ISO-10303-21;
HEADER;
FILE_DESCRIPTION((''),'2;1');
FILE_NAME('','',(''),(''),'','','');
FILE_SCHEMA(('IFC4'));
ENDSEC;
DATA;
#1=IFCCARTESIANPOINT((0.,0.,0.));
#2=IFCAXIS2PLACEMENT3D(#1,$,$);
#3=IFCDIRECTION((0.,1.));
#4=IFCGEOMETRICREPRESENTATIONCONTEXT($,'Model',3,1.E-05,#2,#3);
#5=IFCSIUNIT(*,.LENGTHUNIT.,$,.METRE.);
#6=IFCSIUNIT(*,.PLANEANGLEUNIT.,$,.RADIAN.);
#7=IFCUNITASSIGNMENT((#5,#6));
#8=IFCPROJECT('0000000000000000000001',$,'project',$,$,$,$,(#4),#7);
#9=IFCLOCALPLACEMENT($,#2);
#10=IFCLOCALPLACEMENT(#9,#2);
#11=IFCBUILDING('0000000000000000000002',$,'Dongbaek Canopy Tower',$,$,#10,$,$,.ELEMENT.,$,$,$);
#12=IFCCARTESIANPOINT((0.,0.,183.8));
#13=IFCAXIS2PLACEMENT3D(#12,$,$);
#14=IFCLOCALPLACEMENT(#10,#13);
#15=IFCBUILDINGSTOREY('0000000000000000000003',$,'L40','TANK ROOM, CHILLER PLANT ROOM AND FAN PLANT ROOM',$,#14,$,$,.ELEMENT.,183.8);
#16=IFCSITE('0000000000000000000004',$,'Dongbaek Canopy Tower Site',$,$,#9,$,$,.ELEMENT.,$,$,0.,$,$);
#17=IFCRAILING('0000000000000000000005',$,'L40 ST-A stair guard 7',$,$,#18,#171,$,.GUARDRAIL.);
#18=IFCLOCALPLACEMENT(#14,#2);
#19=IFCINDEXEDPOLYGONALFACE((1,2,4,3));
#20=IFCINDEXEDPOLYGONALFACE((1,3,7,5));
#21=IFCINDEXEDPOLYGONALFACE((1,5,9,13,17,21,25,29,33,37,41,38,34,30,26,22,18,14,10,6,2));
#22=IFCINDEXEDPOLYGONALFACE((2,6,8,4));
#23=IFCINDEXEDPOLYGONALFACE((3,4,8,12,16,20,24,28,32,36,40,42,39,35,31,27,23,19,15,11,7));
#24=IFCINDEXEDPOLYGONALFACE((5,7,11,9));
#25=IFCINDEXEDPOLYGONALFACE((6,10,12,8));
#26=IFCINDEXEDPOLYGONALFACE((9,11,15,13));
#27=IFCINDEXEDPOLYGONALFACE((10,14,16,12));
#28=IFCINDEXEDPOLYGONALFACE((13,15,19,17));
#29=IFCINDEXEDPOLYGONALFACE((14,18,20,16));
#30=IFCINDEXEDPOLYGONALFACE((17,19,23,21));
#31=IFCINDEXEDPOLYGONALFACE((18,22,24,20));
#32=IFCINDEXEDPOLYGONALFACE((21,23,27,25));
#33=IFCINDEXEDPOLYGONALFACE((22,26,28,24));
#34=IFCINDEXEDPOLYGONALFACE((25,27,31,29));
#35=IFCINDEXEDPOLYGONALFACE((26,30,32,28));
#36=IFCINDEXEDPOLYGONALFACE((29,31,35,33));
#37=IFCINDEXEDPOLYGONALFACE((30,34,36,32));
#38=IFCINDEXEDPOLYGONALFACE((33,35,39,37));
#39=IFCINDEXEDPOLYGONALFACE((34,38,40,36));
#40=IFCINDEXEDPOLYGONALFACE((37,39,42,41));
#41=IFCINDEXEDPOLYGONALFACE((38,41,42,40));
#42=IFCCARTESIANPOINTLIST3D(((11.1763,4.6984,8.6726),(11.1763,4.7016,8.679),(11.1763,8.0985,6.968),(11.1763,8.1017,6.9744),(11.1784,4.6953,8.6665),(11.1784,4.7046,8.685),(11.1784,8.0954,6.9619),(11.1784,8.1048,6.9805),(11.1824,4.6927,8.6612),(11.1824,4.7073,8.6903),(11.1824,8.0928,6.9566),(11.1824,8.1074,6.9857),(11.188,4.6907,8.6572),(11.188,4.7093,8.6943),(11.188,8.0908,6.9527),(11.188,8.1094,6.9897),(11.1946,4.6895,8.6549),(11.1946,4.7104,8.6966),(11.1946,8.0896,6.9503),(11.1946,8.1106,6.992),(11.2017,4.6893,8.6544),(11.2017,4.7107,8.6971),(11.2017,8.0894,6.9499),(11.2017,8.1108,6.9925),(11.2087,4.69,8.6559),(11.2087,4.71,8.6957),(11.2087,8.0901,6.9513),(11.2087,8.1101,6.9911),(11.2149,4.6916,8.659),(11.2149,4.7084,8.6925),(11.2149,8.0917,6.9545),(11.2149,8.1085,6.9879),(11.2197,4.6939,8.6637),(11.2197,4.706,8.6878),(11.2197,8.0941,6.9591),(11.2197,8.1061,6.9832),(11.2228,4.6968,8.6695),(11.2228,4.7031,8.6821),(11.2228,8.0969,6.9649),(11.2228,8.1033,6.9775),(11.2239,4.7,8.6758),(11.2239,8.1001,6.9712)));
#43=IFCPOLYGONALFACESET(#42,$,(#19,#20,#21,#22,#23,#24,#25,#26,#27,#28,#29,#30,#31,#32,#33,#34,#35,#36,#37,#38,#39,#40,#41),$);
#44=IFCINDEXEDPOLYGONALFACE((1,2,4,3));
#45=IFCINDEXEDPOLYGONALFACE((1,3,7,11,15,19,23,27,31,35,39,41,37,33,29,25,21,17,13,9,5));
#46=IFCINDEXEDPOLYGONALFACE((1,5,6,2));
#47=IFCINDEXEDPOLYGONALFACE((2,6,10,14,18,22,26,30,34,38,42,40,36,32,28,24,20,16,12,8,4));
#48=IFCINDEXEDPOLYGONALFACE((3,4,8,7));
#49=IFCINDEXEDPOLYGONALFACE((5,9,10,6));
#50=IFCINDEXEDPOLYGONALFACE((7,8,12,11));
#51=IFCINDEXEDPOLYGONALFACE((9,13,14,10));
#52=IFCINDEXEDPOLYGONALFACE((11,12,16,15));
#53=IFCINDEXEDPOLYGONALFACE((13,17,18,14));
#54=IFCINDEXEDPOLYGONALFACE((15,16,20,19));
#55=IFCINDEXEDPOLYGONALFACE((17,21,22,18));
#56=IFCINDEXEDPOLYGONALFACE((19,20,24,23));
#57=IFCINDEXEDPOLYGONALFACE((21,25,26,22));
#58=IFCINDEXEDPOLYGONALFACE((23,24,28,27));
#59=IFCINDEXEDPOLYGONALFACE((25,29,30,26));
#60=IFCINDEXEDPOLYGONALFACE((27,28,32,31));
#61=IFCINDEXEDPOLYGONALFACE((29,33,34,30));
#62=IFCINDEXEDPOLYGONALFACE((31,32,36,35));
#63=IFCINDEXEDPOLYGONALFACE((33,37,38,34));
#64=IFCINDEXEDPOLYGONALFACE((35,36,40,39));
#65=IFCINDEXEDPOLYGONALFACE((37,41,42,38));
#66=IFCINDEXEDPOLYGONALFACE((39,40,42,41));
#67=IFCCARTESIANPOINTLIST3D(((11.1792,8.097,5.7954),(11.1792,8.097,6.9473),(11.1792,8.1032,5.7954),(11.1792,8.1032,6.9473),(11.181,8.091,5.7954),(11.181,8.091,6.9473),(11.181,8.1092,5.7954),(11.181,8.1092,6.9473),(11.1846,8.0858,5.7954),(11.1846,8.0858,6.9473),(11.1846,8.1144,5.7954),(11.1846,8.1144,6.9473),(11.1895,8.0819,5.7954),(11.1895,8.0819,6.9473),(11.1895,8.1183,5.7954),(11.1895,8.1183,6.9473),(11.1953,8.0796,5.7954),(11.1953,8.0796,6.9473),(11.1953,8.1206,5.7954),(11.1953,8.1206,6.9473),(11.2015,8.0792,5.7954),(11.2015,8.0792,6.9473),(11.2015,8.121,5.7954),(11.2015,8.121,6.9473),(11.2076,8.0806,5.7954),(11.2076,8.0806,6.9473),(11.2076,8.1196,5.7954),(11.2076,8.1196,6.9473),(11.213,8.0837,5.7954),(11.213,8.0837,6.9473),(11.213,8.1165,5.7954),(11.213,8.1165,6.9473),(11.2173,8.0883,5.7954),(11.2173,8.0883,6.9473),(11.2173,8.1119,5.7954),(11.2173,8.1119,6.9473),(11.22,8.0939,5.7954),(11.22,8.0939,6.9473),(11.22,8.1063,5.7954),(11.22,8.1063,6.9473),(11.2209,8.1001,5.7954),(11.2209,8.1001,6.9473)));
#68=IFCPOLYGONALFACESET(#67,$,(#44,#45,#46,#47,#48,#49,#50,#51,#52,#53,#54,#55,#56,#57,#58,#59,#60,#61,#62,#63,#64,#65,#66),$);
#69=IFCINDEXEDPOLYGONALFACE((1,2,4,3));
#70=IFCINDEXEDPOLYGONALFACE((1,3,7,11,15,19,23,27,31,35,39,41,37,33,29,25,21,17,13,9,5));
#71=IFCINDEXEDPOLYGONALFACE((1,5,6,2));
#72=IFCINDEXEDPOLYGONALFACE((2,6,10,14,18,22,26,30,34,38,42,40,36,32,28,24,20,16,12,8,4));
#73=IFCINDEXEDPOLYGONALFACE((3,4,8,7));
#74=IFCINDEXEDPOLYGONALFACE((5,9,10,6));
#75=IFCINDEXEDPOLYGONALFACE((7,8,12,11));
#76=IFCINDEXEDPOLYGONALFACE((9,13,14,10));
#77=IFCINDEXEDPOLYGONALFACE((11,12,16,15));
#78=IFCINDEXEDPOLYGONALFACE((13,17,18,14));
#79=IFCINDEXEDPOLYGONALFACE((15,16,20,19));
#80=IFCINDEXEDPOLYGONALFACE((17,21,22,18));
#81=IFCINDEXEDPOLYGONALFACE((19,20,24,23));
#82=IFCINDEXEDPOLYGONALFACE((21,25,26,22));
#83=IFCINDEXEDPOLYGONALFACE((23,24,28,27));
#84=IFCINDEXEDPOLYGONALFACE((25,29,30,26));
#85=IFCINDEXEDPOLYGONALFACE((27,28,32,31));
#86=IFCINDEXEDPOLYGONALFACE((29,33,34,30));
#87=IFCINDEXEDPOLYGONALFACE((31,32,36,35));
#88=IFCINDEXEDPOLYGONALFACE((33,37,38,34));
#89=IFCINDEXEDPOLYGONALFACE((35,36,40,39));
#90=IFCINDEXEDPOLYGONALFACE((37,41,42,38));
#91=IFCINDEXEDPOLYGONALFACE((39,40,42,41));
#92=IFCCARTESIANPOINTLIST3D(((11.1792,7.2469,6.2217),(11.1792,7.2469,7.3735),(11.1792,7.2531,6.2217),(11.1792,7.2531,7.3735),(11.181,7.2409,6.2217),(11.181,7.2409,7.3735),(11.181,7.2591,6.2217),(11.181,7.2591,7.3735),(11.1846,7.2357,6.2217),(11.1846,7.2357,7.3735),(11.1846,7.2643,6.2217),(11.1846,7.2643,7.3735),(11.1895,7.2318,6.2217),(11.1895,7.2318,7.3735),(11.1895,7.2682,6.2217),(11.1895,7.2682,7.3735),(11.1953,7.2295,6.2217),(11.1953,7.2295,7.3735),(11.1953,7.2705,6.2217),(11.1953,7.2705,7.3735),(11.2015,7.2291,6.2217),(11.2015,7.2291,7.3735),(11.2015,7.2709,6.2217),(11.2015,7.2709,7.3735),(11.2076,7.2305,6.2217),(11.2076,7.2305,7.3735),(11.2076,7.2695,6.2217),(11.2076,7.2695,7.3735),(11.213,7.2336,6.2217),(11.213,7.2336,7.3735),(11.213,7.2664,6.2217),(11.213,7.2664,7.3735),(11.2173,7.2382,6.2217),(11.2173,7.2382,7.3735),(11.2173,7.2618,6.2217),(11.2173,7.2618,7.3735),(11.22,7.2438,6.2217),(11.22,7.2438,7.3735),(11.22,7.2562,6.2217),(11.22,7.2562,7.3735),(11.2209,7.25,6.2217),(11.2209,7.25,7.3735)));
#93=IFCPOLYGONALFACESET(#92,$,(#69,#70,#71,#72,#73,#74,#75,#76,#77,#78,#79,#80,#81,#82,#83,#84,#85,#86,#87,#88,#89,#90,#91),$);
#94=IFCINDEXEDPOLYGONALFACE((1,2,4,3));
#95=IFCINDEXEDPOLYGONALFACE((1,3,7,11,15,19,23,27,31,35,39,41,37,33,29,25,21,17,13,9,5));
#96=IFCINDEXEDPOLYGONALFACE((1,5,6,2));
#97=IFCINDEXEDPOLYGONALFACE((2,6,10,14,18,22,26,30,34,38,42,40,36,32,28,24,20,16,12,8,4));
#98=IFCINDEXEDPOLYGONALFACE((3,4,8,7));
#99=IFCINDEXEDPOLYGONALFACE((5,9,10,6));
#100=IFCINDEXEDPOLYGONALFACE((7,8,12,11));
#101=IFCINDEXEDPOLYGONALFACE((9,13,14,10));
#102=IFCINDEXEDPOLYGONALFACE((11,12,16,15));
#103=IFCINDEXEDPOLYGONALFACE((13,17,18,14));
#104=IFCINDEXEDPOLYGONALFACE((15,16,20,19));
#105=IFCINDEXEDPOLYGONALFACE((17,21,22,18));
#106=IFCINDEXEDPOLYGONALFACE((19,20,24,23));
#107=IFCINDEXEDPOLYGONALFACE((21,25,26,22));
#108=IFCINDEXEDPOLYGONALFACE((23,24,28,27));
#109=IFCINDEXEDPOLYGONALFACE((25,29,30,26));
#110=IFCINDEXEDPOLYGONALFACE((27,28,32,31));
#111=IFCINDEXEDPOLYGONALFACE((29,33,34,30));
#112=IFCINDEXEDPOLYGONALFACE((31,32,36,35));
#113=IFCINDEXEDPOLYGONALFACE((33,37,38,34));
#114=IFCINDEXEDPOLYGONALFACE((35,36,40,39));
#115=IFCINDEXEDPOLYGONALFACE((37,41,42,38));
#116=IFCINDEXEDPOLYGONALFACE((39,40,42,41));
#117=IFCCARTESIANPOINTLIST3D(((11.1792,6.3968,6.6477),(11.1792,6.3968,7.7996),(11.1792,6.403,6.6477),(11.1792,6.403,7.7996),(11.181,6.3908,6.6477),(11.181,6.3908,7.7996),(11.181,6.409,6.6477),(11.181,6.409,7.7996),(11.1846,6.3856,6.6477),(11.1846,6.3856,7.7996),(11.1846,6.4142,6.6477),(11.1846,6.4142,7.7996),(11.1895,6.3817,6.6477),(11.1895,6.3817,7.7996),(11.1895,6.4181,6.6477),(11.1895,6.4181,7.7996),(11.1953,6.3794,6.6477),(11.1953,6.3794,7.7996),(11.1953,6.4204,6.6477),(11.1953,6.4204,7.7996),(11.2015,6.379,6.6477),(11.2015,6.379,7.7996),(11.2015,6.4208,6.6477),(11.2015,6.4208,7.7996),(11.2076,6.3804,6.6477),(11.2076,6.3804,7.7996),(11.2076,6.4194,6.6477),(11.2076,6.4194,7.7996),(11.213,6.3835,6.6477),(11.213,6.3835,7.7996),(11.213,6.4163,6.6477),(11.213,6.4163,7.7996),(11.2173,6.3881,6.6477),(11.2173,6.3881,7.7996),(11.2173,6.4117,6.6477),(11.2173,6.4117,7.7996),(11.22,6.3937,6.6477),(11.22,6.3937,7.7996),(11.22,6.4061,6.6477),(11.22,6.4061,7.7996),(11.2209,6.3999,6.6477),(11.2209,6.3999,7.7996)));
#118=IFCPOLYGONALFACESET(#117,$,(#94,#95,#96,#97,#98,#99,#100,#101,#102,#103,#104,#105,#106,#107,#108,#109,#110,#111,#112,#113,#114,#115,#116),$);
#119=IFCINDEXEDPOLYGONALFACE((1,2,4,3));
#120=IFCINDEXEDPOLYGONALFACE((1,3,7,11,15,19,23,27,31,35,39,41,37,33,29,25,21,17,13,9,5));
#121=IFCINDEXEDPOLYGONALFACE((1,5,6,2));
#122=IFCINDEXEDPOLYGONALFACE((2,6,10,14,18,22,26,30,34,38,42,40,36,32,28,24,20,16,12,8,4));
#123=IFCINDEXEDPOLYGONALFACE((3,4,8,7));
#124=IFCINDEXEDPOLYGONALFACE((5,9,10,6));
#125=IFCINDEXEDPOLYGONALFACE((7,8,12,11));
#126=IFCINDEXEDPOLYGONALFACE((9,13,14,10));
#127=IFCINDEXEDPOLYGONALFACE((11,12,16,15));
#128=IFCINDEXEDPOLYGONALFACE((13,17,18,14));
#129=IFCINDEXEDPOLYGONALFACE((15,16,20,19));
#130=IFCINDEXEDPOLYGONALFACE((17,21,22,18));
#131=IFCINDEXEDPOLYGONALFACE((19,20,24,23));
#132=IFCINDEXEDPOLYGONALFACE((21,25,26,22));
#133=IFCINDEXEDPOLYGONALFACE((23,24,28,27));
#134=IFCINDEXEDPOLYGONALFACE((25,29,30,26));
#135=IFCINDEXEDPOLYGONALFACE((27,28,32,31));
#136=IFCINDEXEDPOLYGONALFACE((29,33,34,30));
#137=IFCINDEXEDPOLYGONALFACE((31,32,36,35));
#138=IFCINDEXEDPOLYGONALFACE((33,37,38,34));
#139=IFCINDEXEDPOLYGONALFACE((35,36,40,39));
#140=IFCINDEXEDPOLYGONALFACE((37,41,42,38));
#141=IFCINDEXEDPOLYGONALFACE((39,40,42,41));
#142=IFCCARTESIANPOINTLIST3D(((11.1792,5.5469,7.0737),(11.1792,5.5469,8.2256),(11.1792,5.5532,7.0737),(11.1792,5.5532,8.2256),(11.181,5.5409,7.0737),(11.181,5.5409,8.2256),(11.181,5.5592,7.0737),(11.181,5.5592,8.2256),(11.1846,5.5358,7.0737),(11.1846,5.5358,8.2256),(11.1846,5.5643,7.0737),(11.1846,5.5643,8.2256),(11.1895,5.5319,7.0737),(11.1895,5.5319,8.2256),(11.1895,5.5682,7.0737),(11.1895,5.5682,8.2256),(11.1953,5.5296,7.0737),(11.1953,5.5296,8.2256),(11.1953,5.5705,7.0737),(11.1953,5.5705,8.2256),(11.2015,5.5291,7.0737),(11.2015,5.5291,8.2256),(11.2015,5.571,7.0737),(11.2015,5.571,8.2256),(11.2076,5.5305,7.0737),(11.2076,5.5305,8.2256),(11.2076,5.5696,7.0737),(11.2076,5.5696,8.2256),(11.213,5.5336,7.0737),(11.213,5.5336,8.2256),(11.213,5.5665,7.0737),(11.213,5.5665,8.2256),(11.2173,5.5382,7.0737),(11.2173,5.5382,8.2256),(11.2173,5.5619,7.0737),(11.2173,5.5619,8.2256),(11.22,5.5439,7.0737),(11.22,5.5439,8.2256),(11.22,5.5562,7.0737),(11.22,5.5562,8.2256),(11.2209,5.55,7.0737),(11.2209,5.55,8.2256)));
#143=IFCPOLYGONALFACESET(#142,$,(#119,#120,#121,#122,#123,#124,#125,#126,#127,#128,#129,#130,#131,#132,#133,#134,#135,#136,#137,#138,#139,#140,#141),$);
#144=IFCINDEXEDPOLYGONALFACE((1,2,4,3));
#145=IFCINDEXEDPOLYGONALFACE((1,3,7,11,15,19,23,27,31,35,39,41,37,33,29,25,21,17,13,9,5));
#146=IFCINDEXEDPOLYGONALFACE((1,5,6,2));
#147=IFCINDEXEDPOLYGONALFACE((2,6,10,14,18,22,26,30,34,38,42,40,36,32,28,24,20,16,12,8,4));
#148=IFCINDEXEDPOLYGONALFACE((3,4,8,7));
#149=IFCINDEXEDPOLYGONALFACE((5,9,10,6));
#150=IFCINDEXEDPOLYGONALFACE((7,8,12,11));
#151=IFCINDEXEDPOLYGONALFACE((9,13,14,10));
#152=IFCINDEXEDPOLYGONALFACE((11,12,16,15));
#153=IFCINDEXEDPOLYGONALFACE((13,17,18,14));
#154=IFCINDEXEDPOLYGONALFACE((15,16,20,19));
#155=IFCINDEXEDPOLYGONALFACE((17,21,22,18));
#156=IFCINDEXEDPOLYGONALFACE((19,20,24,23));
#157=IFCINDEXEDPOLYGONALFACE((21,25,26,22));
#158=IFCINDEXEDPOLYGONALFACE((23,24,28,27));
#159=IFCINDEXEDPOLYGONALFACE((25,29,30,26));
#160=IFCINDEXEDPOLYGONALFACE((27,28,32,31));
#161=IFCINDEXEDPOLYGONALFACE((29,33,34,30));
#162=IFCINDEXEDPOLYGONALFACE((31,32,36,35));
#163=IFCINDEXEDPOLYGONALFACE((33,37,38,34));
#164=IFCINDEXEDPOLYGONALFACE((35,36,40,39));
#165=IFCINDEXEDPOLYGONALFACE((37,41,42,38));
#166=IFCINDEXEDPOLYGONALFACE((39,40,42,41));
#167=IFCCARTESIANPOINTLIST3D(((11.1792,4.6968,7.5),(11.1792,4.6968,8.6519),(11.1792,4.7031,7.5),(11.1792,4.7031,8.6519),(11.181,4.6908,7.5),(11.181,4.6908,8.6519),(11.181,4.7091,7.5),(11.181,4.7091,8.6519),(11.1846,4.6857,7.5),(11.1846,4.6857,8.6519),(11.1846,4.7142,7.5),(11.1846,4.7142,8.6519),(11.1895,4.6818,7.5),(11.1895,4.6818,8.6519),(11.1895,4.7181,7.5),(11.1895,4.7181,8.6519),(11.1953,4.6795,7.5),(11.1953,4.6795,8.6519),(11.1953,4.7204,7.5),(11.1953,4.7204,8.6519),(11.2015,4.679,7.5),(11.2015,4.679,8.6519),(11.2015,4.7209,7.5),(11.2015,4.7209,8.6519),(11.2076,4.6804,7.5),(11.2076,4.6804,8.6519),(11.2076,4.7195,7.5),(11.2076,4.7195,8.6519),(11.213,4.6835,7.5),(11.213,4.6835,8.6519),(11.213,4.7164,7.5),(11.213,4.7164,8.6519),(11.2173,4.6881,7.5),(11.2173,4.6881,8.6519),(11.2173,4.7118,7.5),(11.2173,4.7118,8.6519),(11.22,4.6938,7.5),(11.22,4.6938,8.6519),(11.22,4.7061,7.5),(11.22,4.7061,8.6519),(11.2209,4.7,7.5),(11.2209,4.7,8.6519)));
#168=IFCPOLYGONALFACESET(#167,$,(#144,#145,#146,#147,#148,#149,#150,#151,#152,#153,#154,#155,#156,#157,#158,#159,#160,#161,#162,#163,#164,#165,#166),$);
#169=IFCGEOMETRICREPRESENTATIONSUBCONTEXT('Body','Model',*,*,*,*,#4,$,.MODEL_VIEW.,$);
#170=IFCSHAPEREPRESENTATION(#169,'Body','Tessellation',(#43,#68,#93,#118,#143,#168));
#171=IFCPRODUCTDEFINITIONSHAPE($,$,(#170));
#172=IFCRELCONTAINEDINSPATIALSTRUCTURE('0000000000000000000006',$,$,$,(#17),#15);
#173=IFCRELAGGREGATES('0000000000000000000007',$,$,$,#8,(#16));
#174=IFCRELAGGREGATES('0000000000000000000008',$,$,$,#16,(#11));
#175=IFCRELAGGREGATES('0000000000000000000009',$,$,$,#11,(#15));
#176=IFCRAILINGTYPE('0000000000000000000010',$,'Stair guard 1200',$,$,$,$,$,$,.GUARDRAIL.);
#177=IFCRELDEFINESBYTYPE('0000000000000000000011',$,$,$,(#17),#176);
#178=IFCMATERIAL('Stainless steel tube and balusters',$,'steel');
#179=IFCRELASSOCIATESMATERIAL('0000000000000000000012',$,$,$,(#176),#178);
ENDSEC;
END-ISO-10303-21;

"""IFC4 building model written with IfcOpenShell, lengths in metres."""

from ifc_helpers import new_model, si_unit, direction, frame, origin, origin_2d, place, context, subcontext, project, spatial, circle, extrude, material, type_object, element, save


model = new_model("IFC4")

# Units and contexts
model_context = context("Model", 3, precision=1e-05, world=origin(), true_north=direction((0.0, 1.0)))
body_context = subcontext(model_context, "Body", "Model", "MODEL_VIEW")
ifc_project = project(units=[si_unit("LENGTHUNIT", "METRE"), si_unit("PLANEANGLEUNIT", "RADIAN")], contexts=[model_context])

# Site, building, storey
site_placement = place(None, origin())
site = spatial("IfcSite", under=ifc_project, at=site_placement, Name="Dongbaek Canopy Tower Site", CompositionType="ELEMENT", RefElevation=0.0)
building_placement = place(site_placement, origin())
building = spatial("IfcBuilding", under=site, at=building_placement, Name="Dongbaek Canopy Tower", CompositionType="ELEMENT")
storey_placement = place(building_placement, frame((0.0, 0.0, 183.8)))
storey = spatial("IfcBuildingStorey", under=building, at=storey_placement, Name="L40", Description="TANK ROOM, CHILLER PLANT ROOM AND FAN PLANT ROOM", CompositionType="ELEMENT", Elevation=183.8)

# Railing
ifc_material_1 = material(Name="Stainless steel tube and balusters", Category="steel")
railing_type_1 = type_object("IfcRailingType", Name="Stair guard 1200", PredefinedType="GUARDRAIL", material=ifc_material_1)
for number, where, name in (
    (1, (11.2, 8.1001, 5.7954), "L40 ST-A stair guard 7"),
):
    element("IfcRailing", number, at=place(storey_placement, frame(where)), inside=storey, type_object=railing_type_1, Name=name, PredefinedType="GUARDRAIL", context=body_context, shape_type="SweptSolid", body=[
        extrude(circle(Radius=0.0239, at=origin_2d()), frame((0.0, 0.0, 1.1758), z_axis=(0.0, -0.893952, 0.448163), x_axis=(1.0, 0.0, 0.0)), (0.0, 0.0, 1.0), 3.8035),
        extrude(circle(Radius=0.021, at=origin_2d()), origin(), (0.0, 0.0, 1.0), 1.1519),
        extrude(circle(Radius=0.021, at=origin_2d()), frame((0.0, -0.8501, 0.4263)), (0.0, 0.0, 1.0), 1.1519),
        extrude(circle(Radius=0.021, at=origin_2d()), frame((0.0, -1.7002, 0.8523)), (0.0, 0.0, 1.0), 1.1519),
        extrude(circle(Radius=0.021, at=origin_2d()), frame((0.0, -2.55, 1.2783)), (0.0, 0.0, 1.0), 1.1519),
        extrude(circle(Radius=0.021, at=origin_2d()), frame((0.0, -3.4001, 1.7046)), (0.0, 0.0, 1.0), 1.1519),
    ])

save(model, "model.ifc")
